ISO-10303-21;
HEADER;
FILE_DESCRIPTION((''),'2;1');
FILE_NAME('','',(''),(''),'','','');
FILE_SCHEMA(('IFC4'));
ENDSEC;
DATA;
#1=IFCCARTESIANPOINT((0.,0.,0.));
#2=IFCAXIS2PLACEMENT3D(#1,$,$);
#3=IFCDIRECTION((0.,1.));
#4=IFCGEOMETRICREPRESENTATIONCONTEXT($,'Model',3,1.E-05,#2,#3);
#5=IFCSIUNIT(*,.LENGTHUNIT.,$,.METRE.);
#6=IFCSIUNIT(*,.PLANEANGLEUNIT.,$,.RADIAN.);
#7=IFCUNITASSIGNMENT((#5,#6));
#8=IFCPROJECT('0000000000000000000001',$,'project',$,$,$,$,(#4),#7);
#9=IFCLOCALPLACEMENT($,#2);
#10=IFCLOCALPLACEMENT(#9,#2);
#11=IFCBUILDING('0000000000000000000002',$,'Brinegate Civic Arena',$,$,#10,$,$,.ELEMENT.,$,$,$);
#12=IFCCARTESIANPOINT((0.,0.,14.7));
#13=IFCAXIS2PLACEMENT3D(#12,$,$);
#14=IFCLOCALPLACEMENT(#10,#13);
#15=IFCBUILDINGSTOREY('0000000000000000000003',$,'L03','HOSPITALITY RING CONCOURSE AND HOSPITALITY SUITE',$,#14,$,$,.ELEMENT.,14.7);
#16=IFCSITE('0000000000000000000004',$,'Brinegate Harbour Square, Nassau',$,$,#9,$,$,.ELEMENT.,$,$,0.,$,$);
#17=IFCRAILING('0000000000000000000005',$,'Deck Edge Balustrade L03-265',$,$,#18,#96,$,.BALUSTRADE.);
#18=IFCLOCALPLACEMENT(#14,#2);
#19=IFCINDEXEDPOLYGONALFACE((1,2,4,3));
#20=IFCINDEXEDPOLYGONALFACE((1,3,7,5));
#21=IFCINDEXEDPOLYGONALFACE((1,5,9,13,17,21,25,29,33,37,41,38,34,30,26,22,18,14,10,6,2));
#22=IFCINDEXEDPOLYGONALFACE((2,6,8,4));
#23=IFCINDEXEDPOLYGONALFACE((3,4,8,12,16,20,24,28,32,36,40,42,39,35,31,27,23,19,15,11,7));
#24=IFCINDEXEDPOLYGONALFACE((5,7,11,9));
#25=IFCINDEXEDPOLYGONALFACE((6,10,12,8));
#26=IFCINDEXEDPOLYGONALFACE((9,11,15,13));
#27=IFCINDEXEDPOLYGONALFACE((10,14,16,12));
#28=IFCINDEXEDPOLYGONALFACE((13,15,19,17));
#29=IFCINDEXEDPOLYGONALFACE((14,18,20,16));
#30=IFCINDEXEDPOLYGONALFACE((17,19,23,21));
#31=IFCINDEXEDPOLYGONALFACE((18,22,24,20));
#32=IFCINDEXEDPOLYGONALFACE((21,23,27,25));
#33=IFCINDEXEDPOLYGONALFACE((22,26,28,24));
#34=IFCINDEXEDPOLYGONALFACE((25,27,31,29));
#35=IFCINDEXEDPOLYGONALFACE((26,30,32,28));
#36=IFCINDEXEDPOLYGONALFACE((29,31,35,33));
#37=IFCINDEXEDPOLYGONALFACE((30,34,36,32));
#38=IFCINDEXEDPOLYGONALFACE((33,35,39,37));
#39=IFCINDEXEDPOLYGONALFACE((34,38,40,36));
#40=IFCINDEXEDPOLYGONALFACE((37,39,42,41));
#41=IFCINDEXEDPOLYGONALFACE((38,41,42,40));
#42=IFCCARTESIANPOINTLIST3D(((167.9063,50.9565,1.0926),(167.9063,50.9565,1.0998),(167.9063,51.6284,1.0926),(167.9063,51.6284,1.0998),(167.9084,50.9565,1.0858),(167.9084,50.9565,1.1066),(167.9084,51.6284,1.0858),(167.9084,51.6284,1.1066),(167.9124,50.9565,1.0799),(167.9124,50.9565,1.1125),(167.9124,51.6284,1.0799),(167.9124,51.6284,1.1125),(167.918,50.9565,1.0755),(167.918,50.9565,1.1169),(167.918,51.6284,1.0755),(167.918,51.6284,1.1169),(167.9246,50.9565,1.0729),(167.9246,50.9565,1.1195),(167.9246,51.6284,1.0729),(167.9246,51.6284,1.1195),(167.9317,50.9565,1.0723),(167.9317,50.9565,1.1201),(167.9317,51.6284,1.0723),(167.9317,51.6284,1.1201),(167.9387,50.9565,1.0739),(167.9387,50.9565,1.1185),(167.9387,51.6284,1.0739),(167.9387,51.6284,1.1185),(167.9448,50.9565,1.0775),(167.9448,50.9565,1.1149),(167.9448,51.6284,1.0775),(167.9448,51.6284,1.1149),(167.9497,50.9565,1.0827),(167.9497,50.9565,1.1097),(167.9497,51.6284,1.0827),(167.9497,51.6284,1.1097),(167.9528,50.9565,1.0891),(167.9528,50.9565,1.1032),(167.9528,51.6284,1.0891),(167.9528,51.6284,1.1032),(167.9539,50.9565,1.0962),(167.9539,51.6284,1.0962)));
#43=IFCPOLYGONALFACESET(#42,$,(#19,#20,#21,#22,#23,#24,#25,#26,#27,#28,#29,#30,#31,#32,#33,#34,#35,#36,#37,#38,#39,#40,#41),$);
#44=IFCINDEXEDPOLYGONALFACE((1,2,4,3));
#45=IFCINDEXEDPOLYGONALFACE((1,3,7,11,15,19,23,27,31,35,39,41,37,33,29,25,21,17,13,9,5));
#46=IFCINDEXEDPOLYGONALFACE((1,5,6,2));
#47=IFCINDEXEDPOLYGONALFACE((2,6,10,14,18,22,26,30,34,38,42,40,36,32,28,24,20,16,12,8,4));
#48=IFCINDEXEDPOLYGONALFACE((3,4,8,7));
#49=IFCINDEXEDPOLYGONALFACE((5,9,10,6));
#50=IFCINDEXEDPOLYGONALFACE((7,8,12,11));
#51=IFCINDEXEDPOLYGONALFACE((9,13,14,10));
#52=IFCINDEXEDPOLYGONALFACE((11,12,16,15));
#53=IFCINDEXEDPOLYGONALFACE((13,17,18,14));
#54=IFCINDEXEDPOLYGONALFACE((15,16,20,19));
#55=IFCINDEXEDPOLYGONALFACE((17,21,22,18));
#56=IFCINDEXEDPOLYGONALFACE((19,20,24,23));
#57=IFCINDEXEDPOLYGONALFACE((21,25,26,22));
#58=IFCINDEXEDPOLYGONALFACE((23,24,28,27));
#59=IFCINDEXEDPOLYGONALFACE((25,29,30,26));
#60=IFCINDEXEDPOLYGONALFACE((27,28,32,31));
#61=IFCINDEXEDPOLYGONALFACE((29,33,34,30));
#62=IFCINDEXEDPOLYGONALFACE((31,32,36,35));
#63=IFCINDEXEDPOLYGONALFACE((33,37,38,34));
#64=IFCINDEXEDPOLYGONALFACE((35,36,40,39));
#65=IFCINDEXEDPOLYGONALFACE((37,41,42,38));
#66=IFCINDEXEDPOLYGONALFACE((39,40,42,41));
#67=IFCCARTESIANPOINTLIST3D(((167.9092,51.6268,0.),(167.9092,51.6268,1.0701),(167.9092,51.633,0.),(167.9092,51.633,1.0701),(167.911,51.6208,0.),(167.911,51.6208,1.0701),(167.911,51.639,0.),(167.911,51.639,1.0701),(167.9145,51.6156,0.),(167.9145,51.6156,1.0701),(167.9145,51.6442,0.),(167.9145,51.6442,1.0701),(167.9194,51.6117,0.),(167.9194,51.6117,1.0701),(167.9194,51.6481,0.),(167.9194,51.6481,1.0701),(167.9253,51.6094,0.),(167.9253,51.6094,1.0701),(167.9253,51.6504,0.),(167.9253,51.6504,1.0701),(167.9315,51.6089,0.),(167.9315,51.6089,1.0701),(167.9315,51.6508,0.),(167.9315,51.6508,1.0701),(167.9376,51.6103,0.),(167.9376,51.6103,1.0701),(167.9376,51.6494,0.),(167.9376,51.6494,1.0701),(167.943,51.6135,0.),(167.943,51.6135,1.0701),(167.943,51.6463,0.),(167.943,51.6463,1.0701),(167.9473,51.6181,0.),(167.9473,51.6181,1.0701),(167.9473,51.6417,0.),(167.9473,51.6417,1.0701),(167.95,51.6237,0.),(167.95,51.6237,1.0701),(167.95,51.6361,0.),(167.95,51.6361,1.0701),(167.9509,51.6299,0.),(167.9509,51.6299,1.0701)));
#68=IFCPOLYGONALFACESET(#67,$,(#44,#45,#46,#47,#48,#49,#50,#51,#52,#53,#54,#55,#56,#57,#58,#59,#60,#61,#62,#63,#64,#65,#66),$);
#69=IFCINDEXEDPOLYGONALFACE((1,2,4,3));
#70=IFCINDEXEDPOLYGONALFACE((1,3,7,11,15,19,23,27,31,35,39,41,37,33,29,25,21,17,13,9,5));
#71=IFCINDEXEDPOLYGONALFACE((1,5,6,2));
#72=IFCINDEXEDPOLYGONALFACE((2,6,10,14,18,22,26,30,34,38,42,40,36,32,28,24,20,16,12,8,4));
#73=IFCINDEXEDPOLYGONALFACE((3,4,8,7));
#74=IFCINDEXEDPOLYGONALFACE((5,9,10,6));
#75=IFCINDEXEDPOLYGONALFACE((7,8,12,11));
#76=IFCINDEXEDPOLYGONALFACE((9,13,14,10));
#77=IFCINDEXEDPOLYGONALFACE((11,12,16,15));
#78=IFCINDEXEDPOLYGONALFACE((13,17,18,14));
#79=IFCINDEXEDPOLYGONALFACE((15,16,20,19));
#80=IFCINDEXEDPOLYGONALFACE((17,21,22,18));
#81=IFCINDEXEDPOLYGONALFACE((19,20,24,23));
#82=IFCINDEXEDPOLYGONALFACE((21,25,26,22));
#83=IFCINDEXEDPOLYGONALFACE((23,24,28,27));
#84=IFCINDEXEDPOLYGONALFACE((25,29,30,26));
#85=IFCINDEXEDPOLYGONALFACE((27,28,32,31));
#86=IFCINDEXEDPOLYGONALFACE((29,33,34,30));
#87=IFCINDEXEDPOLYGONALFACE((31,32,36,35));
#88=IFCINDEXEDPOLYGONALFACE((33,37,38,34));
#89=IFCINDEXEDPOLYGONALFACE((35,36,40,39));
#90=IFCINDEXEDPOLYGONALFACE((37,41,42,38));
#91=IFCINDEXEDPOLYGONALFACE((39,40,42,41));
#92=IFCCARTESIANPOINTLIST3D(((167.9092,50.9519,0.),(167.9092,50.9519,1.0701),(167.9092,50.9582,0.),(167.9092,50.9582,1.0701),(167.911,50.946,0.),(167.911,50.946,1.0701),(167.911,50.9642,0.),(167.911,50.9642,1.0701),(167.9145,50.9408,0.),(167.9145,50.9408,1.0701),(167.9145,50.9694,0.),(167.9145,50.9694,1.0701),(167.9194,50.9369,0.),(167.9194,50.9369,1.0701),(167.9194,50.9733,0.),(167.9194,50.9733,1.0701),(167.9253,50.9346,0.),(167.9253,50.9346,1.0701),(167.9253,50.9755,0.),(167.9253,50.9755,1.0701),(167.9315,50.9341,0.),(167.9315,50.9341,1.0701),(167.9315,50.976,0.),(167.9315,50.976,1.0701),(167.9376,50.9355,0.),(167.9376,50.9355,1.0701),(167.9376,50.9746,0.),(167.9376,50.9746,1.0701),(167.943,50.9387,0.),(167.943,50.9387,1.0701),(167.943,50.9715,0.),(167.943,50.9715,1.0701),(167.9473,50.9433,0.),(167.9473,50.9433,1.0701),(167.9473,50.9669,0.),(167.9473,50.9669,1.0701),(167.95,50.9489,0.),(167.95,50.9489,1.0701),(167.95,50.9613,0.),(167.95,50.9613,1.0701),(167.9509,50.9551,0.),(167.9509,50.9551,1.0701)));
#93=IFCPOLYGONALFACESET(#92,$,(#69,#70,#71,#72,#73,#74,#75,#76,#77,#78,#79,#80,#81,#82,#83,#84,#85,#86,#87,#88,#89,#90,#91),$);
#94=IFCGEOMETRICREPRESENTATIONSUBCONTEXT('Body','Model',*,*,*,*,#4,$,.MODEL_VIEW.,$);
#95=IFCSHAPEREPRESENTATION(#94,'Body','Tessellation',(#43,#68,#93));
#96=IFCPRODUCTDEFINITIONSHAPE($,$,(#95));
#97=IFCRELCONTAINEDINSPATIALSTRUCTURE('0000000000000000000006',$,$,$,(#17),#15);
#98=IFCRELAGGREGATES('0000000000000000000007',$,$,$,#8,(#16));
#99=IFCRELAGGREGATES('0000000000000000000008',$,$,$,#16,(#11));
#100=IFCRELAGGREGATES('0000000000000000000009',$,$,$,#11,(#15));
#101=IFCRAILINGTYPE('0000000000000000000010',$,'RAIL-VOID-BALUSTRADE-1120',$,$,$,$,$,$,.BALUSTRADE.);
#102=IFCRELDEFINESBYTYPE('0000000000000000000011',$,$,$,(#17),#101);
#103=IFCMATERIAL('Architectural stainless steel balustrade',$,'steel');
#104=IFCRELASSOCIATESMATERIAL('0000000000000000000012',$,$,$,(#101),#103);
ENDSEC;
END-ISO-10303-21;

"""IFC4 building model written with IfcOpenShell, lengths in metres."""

from ifc_helpers import new_model, si_unit, direction, frame, origin, origin_2d, place, context, subcontext, project, spatial, circle, extrude, material, type_object, element, save


model = new_model("IFC4")

# Units and contexts
model_context = context("Model", 3, precision=1e-05, world=origin(), true_north=direction((0.0, 1.0)))
body_context = subcontext(model_context, "Body", "Model", "MODEL_VIEW")
ifc_project = project(units=[si_unit("LENGTHUNIT", "METRE"), si_unit("PLANEANGLEUNIT", "RADIAN")], contexts=[model_context])

# Site, building, storey
site_placement = place(None, origin())
site = spatial("IfcSite", under=ifc_project, at=site_placement, Name="Brinegate Harbour Square, Nassau", CompositionType="ELEMENT", RefElevation=0.0)
building_placement = place(site_placement, origin())
building = spatial("IfcBuilding", under=site, at=building_placement, Name="Brinegate Civic Arena", CompositionType="ELEMENT")
storey_placement = place(building_placement, frame((0.0, 0.0, 14.7)))
storey = spatial("IfcBuildingStorey", under=building, at=storey_placement, Name="L03", Description="HOSPITALITY RING CONCOURSE AND HOSPITALITY SUITE", CompositionType="ELEMENT", Elevation=14.7)

# Railing
ifc_material_1 = material(Name="Architectural stainless steel balustrade", Category="steel")
railing_type = type_object("IfcRailingType", Name="RAIL-VOID-BALUSTRADE-1120", PredefinedType="BALUSTRADE", material=ifc_material_1)
for number, where, name in (
    (1, (167.9299, 51.6299, 0.0), "Deck Edge Balustrade L03-265"),
):
    element("IfcRailing", number, at=place(storey_placement, frame(where)), inside=storey, type_object=railing_type, Name=name, PredefinedType="BALUSTRADE", context=body_context, shape_type="SweptSolid", body=[
        extrude(circle(Radius=0.0239, at=origin_2d()), frame((0.0, -0.0015, 1.0962), z_axis=(0.0, -1.0, 0.0), x_axis=(1.0, 0.0, 0.0)), (0.0, 0.0, 1.0), 0.6719),
        extrude(circle(Radius=0.021, at=origin_2d()), origin(), (0.0, 0.0, 1.0), 1.0701),
        extrude(circle(Radius=0.021, at=origin_2d()), frame((0.0, -0.6748, 0.0)), (0.0, 0.0, 1.0), 1.0701),
    ])

save(model, "model.ifc")
